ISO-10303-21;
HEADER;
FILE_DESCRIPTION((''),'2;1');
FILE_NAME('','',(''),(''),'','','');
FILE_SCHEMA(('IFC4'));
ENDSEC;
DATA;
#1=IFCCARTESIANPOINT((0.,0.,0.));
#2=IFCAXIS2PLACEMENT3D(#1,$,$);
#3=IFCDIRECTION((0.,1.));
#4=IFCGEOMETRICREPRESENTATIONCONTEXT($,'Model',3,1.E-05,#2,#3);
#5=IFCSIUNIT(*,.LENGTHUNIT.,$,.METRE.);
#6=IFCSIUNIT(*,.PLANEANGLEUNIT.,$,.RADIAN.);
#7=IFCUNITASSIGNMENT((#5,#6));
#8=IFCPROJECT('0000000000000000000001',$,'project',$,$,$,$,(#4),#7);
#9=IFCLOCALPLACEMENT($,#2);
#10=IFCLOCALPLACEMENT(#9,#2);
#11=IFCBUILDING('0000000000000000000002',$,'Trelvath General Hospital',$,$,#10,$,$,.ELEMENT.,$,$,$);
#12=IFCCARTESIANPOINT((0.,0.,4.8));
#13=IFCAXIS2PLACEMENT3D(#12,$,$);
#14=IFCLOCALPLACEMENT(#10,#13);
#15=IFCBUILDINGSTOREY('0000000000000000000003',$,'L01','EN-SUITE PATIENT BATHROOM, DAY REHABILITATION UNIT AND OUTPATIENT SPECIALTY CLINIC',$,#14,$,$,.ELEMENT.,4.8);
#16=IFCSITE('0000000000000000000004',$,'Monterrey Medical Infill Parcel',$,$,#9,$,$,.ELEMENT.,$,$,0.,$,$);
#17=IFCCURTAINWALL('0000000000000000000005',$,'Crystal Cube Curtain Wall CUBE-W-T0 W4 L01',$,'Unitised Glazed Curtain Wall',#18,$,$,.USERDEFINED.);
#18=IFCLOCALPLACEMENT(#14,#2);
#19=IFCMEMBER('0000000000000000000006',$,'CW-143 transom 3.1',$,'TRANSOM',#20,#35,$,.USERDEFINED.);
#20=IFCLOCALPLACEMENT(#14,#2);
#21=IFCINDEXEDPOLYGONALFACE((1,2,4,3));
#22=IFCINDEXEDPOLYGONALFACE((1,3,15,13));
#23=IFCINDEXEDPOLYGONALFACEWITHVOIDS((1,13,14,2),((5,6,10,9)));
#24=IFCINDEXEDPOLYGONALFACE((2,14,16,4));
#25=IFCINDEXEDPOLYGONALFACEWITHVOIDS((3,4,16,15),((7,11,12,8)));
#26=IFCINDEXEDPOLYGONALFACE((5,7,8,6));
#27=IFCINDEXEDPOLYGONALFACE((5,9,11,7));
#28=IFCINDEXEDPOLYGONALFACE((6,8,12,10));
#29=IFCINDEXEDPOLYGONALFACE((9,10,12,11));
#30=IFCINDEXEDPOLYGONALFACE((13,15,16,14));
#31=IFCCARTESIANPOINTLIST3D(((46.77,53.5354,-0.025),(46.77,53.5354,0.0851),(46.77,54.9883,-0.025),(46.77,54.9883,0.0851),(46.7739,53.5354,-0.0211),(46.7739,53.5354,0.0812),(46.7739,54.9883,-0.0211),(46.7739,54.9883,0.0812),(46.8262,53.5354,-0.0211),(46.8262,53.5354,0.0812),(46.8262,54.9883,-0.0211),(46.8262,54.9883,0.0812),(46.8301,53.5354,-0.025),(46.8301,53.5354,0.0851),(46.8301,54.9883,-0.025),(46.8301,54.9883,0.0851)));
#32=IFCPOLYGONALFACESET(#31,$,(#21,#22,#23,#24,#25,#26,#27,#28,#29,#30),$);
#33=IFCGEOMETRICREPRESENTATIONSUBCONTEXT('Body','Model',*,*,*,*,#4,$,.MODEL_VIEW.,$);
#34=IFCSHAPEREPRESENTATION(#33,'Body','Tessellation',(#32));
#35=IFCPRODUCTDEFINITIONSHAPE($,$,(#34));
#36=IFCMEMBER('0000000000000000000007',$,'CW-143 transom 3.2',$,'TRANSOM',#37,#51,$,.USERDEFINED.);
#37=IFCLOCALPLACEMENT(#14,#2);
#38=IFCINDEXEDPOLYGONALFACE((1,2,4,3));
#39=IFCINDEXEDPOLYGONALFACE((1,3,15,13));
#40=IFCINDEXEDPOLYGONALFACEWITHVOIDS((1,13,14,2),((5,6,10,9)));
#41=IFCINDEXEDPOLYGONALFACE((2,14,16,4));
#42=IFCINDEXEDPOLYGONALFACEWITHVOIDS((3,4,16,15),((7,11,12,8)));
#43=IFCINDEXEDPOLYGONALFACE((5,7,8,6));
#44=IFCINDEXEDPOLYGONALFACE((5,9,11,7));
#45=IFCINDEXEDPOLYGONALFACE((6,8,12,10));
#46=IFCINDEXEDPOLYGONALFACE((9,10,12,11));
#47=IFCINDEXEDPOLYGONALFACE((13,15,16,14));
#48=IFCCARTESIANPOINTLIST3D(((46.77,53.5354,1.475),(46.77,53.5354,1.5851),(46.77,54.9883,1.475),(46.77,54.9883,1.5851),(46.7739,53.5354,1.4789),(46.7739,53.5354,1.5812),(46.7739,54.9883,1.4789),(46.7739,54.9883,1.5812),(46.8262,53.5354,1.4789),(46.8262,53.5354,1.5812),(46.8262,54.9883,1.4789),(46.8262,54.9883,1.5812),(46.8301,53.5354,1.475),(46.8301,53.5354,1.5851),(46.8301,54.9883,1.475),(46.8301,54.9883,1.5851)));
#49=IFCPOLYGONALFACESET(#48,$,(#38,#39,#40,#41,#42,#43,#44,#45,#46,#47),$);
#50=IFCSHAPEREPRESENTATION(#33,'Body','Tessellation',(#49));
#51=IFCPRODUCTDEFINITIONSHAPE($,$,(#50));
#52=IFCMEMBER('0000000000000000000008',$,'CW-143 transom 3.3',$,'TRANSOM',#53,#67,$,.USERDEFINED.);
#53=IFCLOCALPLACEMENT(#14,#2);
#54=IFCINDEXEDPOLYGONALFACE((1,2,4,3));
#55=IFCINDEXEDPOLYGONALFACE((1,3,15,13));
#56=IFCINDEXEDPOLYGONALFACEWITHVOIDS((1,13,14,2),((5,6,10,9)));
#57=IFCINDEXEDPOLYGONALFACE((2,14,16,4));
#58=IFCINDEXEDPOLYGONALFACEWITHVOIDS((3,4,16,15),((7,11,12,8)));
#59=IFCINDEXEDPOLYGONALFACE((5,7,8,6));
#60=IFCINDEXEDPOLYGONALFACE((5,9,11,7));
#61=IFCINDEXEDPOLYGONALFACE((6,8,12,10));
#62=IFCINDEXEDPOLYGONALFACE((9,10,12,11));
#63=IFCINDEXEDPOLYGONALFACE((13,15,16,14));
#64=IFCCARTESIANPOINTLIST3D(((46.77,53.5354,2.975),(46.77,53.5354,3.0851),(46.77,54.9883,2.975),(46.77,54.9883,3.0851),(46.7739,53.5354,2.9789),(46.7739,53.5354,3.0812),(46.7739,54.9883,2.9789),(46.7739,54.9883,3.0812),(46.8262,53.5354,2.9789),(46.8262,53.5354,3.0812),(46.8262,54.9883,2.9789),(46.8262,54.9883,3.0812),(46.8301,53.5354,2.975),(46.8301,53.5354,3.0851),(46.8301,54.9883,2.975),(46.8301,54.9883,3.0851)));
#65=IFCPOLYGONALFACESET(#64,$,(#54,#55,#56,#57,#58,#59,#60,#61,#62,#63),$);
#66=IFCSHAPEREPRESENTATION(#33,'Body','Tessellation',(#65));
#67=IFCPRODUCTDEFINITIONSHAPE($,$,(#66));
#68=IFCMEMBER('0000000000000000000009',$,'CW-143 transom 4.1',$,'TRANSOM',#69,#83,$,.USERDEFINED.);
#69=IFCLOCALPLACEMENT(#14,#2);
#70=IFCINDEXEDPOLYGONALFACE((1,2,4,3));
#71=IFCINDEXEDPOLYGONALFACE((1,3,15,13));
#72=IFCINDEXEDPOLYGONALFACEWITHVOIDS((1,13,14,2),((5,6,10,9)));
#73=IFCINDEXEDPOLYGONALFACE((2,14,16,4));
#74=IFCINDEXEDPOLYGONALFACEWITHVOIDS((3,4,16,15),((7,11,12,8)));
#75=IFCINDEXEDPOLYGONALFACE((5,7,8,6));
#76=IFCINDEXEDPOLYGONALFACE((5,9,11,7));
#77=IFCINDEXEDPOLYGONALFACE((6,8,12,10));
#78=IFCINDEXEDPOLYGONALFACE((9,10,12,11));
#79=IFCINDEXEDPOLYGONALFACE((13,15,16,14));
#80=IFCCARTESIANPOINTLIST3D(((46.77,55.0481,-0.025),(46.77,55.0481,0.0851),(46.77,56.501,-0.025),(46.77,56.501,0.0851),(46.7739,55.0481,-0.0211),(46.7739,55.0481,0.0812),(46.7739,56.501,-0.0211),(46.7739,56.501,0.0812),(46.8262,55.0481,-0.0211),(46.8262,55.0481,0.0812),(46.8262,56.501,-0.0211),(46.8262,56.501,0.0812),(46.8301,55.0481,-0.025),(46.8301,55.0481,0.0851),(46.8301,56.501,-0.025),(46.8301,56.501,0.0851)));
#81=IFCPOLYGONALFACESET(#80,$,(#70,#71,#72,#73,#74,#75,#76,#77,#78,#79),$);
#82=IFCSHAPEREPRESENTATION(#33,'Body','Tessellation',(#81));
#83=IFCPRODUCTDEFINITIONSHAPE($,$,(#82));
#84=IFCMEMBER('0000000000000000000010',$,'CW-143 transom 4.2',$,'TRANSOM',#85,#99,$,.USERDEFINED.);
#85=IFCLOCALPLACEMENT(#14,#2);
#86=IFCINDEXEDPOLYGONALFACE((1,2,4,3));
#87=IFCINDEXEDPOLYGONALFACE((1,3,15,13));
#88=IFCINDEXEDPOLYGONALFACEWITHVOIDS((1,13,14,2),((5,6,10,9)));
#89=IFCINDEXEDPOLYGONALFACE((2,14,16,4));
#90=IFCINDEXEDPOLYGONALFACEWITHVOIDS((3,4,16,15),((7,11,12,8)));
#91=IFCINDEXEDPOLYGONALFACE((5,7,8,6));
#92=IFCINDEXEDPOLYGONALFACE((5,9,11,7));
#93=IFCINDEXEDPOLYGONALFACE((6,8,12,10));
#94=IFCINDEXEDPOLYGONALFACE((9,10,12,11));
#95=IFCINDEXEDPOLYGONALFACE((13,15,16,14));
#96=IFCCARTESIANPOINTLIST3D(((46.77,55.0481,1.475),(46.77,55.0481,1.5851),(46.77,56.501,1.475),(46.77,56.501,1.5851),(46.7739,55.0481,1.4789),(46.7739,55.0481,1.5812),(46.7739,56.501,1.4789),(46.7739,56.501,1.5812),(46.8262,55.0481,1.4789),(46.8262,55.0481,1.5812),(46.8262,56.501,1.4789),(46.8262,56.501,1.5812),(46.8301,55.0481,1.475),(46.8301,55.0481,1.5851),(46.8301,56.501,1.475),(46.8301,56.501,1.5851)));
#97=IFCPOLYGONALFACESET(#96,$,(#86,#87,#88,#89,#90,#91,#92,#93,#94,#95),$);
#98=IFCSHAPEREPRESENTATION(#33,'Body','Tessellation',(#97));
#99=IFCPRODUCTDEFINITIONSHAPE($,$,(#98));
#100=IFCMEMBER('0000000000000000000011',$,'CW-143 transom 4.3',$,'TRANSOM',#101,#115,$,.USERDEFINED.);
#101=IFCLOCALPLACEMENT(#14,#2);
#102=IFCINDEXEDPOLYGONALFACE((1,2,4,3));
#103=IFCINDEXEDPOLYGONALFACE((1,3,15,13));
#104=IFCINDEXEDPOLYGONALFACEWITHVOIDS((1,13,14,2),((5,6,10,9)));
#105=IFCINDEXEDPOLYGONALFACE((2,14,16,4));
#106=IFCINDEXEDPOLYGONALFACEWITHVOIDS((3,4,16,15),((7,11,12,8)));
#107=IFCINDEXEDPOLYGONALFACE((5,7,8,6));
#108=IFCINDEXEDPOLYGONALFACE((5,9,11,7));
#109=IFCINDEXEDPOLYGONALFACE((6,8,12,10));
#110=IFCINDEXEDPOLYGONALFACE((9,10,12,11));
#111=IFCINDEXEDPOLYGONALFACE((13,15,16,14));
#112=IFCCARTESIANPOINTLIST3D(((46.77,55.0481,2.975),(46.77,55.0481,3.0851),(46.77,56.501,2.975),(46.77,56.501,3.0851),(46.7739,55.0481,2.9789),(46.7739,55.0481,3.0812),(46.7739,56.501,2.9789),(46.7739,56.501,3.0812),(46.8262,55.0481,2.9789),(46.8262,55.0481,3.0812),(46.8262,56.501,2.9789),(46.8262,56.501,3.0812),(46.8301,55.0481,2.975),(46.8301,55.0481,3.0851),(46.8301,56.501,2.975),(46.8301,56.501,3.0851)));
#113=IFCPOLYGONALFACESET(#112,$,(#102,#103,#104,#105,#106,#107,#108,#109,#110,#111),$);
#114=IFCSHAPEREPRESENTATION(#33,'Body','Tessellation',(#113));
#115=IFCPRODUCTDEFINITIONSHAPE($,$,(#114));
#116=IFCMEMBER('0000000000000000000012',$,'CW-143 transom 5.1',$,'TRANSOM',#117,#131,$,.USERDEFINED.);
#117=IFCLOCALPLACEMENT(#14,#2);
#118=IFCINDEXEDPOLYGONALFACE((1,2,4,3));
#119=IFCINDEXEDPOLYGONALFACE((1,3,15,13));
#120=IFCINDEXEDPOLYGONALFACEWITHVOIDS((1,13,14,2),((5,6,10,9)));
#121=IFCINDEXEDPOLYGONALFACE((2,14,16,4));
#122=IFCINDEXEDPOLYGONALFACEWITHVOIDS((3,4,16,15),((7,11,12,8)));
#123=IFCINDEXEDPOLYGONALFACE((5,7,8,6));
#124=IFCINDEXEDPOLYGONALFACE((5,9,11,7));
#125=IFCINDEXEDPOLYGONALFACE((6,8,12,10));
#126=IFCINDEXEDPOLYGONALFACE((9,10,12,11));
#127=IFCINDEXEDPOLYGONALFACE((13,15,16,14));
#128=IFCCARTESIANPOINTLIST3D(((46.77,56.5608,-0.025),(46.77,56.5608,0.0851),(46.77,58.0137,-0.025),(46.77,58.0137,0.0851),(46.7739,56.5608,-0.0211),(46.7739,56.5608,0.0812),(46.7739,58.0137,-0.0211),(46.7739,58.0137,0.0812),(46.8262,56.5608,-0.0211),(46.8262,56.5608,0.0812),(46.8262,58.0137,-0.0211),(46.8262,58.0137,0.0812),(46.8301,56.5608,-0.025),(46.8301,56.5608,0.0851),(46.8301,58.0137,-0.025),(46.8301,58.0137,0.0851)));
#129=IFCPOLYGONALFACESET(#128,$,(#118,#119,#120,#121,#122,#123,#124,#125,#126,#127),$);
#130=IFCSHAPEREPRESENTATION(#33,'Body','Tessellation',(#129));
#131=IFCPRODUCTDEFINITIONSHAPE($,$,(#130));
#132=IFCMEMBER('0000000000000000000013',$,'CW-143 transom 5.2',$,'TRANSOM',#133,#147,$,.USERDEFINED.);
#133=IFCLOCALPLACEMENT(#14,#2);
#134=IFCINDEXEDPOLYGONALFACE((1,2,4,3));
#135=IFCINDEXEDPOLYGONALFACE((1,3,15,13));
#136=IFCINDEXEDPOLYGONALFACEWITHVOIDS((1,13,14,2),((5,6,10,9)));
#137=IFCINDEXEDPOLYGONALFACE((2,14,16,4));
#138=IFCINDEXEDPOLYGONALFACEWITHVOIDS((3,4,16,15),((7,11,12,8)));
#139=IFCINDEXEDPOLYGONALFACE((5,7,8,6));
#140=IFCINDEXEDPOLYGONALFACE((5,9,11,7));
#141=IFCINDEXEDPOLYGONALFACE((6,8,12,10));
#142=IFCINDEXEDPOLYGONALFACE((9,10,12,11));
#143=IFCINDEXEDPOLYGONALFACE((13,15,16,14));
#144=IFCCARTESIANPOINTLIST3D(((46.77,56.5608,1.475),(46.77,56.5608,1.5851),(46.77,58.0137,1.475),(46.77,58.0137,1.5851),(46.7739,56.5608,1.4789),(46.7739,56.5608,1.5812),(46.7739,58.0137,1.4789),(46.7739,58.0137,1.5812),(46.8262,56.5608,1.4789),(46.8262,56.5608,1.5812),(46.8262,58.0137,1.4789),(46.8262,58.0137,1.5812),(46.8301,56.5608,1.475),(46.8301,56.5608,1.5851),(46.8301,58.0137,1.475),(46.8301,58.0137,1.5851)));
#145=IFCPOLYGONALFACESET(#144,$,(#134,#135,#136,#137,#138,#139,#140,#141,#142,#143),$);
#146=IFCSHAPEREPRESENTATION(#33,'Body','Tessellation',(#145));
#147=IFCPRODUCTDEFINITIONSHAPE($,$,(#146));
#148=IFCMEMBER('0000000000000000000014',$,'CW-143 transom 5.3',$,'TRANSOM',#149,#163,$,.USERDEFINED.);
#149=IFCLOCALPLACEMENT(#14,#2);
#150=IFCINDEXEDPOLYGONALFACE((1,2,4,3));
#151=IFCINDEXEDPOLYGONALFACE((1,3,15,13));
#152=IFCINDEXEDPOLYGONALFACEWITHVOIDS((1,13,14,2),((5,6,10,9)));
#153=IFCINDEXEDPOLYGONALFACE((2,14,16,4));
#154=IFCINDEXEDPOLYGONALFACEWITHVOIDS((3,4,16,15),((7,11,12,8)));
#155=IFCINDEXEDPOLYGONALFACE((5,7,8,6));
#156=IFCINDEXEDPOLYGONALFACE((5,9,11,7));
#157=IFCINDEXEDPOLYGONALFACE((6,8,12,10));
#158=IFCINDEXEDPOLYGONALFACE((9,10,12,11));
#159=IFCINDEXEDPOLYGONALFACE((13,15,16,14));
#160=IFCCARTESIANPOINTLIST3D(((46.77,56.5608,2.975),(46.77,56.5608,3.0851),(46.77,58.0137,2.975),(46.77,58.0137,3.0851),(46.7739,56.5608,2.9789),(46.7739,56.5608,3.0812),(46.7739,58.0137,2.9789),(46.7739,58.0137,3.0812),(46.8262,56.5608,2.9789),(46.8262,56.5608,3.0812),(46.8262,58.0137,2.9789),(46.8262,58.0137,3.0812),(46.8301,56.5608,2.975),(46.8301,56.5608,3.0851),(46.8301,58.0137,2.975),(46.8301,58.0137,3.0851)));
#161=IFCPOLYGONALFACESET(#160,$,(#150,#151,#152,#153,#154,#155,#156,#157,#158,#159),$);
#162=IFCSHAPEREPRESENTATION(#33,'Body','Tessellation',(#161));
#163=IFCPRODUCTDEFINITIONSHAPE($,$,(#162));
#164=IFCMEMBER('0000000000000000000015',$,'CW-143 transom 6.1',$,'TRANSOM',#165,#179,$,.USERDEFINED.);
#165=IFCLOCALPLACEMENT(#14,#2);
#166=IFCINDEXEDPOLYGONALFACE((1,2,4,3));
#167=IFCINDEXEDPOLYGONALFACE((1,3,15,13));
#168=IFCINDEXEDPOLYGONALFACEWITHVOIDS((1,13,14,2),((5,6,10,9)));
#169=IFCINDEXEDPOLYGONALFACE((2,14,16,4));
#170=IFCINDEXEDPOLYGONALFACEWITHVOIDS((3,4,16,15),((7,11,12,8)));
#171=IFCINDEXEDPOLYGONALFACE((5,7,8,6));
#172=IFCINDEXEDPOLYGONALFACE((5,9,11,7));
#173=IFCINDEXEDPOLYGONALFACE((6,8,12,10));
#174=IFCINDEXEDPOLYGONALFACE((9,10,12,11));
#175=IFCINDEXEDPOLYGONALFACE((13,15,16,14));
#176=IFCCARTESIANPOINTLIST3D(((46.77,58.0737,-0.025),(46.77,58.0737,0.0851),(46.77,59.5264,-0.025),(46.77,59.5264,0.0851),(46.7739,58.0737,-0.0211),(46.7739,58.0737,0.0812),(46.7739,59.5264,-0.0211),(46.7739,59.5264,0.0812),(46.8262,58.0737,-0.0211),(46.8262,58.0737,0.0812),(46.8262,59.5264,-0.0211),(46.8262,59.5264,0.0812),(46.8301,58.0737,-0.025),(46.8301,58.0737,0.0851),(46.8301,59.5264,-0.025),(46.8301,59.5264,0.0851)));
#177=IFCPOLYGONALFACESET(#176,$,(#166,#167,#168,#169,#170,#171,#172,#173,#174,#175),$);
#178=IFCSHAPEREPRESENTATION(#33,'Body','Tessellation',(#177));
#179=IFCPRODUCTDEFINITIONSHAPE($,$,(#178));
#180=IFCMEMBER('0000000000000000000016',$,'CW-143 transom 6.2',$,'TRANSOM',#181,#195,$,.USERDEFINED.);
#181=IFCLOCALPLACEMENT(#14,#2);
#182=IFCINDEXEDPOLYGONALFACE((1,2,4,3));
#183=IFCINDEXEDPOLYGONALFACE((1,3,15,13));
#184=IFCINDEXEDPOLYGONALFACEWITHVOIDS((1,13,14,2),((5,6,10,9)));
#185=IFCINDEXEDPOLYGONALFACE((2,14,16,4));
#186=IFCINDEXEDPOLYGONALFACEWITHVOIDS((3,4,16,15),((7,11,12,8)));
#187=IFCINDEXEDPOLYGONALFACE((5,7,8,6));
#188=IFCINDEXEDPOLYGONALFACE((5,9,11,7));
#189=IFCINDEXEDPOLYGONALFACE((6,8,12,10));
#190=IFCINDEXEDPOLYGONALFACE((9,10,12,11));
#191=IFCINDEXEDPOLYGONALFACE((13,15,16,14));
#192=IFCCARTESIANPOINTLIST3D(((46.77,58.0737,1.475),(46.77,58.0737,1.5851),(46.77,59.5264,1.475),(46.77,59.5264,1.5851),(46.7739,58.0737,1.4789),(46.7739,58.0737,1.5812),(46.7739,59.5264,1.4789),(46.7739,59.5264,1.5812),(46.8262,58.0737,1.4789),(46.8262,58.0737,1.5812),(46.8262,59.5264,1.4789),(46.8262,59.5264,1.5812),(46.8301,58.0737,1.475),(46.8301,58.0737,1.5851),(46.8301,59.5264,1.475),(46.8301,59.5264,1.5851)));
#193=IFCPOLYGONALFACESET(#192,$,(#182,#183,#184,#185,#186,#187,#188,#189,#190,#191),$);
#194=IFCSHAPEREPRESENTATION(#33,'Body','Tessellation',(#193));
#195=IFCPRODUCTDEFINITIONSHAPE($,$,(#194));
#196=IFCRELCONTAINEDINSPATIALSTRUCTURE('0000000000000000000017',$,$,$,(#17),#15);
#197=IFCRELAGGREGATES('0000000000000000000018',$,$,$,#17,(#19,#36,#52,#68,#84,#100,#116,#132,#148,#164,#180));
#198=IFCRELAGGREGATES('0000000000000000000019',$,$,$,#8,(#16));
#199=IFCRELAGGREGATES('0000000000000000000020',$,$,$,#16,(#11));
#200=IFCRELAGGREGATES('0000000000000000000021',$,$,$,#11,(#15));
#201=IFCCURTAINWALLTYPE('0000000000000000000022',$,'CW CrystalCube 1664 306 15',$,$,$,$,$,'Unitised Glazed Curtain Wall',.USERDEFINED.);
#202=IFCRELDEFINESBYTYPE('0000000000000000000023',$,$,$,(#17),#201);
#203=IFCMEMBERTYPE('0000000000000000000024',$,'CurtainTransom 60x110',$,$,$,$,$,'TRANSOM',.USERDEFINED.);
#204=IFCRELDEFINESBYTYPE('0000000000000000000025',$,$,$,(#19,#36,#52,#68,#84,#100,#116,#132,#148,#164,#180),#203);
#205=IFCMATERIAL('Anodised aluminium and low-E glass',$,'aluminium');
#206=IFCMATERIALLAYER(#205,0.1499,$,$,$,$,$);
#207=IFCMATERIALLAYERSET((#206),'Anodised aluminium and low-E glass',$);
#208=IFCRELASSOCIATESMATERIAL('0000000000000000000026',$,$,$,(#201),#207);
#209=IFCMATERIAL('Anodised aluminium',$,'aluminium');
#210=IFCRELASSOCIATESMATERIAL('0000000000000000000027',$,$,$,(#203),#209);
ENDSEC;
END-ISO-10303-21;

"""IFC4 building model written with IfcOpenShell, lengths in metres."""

from ifc_helpers import new_model, si_unit, direction, frame, origin, origin_2d, place, context, subcontext, project, spatial, hollow_rectangle, extrude, material, layer, layer_set, material_profile, profile_set, type_object, element, aggregate, save


model = new_model("IFC4")

# Units and contexts
model_context = context("Model", 3, precision=1e-05, world=origin(), true_north=direction((0.0, 1.0)))
body_context = subcontext(model_context, "Body", "Model", "MODEL_VIEW")
ifc_project = project(units=[si_unit("LENGTHUNIT", "METRE"), si_unit("PLANEANGLEUNIT", "RADIAN")], contexts=[model_context])

# Site, building, storey
site_placement = place(None, origin())
site = spatial("IfcSite", under=ifc_project, at=site_placement, Name="Monterrey Medical Infill Parcel", CompositionType="ELEMENT", RefElevation=0.0)
building_placement = place(site_placement, origin())
building = spatial("IfcBuilding", under=site, at=building_placement, Name="Trelvath General Hospital", CompositionType="ELEMENT")
storey_placement = place(building_placement, frame((0.0, 0.0, 4.8)))
storey = spatial("IfcBuildingStorey", under=building, at=storey_placement, Name="L01", Description="EN-SUITE PATIENT BATHROOM, DAY REHABILITATION UNIT AND OUTPATIENT SPECIALTY CLINIC", CompositionType="ELEMENT", Elevation=4.8)

# Curtain wall, members
ifc_material_1 = material(Name="Anodised aluminium and low-E glass", Category="aluminium")
ifc_layer_1 = layer(ifc_material_1, 0.1499)
ifc_layer_set_1 = layer_set([ifc_layer_1], Name="Anodised aluminium and low-E glass")
curtain_wall_type = type_object("IfcCurtainWallType", Name="CW CrystalCube 1664 306 15", ElementType="Unitised Glazed Curtain Wall", PredefinedType="USERDEFINED", material=ifc_layer_set_1)
curtain_wall_placement = place(storey_placement, origin())
curtain_wall = element("IfcCurtainWall", 1, at=curtain_wall_placement, inside=storey, type_object=curtain_wall_type, Name="Crystal Cube Curtain Wall CUBE-W-T0 W4 L01", ObjectType="Unitised Glazed Curtain Wall", PredefinedType="USERDEFINED")
ifc_material_2 = material(Name="Anodised aluminium", Category="aluminium")
ifc_material_profile_1 = material_profile(ifc_material_2, hollow_rectangle(XDim=0.0601, YDim=0.1101, WallThickness=0.0039, at=origin_2d()), Name="RHS60x110x4")
ifc_profile_set_1 = profile_set([ifc_material_profile_1], Name="Anodised aluminium")
member_type_1 = type_object("IfcMemberType", Name="CurtainTransom 60x110", ElementType="TRANSOM", PredefinedType="USERDEFINED", material=ifc_profile_set_1)
member_1_placement = place(storey_placement, frame((46.8, 53.5354, 0.03), z_axis=(0.0, 1.0, 0.0), x_axis=(-1.0, 0.0, 0.0)))
member_1 = element("IfcMember", 2, at=member_1_placement, type_object=member_type_1, Name="CW-143 transom 3.1", ObjectType="TRANSOM", PredefinedType="USERDEFINED", context=body_context, shape_type="SweptSolid", body=[
    extrude(hollow_rectangle(XDim=0.0601, YDim=0.1101, WallThickness=0.0039, at=origin_2d()), origin(), (0.0, 0.0, 1.0), 1.4529),
])
member_2_placement = place(storey_placement, frame((46.8, 53.5354, 1.53), z_axis=(0.0, 1.0, 0.0), x_axis=(-1.0, 0.0, 0.0)))
member_2 = element("IfcMember", 3, at=member_2_placement, type_object=member_type_1, Name="CW-143 transom 3.2", ObjectType="TRANSOM", PredefinedType="USERDEFINED", context=body_context, shape_type="SweptSolid", body=[
    extrude(hollow_rectangle(XDim=0.0601, YDim=0.1101, WallThickness=0.0039, at=origin_2d()), origin(), (0.0, 0.0, 1.0), 1.4529),
])
member_3_placement = place(storey_placement, frame((46.8, 53.5354, 3.03), z_axis=(0.0, 1.0, 0.0), x_axis=(-1.0, 0.0, 0.0)))
member_3 = element("IfcMember", 4, at=member_3_placement, type_object=member_type_1, Name="CW-143 transom 3.3", ObjectType="TRANSOM", PredefinedType="USERDEFINED", context=body_context, shape_type="SweptSolid", body=[
    extrude(hollow_rectangle(XDim=0.0601, YDim=0.1101, WallThickness=0.0039, at=origin_2d()), origin(), (0.0, 0.0, 1.0), 1.4529),
])
member_4_placement = place(storey_placement, frame((46.8, 55.0481, 0.03), z_axis=(0.0, 1.0, 0.0), x_axis=(-1.0, 0.0, 0.0)))
member_4 = element("IfcMember", 5, at=member_4_placement, type_object=member_type_1, Name="CW-143 transom 4.1", ObjectType="TRANSOM", PredefinedType="USERDEFINED", context=body_context, shape_type="SweptSolid", body=[
    extrude(hollow_rectangle(XDim=0.0601, YDim=0.1101, WallThickness=0.0039, at=origin_2d()), origin(), (0.0, 0.0, 1.0), 1.4529),
])
member_5_placement = place(storey_placement, frame((46.8, 55.0481, 1.53), z_axis=(0.0, 1.0, 0.0), x_axis=(-1.0, 0.0, 0.0)))
member_5 = element("IfcMember", 6, at=member_5_placement, type_object=member_type_1, Name="CW-143 transom 4.2", ObjectType="TRANSOM", PredefinedType="USERDEFINED", context=body_context, shape_type="SweptSolid", body=[
    extrude(hollow_rectangle(XDim=0.0601, YDim=0.1101, WallThickness=0.0039, at=origin_2d()), origin(), (0.0, 0.0, 1.0), 1.4529),
])
member_6_placement = place(storey_placement, frame((46.8, 55.0481, 3.03), z_axis=(0.0, 1.0, 0.0), x_axis=(-1.0, 0.0, 0.0)))
member_6 = element("IfcMember", 7, at=member_6_placement, type_object=member_type_1, Name="CW-143 transom 4.3", ObjectType="TRANSOM", PredefinedType="USERDEFINED", context=body_context, shape_type="SweptSolid", body=[
    extrude(hollow_rectangle(XDim=0.0601, YDim=0.1101, WallThickness=0.0039, at=origin_2d()), origin(), (0.0, 0.0, 1.0), 1.4529),
])
member_7_placement = place(storey_placement, frame((46.8, 56.5608, 0.03), z_axis=(0.0, 1.0, 0.0), x_axis=(-1.0, 0.0, 0.0)))
member_7 = element("IfcMember", 8, at=member_7_placement, type_object=member_type_1, Name="CW-143 transom 5.1", ObjectType="TRANSOM", PredefinedType="USERDEFINED", context=body_context, shape_type="SweptSolid", body=[
    extrude(hollow_rectangle(XDim=0.0601, YDim=0.1101, WallThickness=0.0039, at=origin_2d()), origin(), (0.0, 0.0, 1.0), 1.4529),
])
member_8_placement = place(storey_placement, frame((46.8, 56.5608, 1.53), z_axis=(0.0, 1.0, 0.0), x_axis=(-1.0, 0.0, 0.0)))
member_8 = element("IfcMember", 9, at=member_8_placement, type_object=member_type_1, Name="CW-143 transom 5.2", ObjectType="TRANSOM", PredefinedType="USERDEFINED", context=body_context, shape_type="SweptSolid", body=[
    extrude(hollow_rectangle(XDim=0.0601, YDim=0.1101, WallThickness=0.0039, at=origin_2d()), origin(), (0.0, 0.0, 1.0), 1.4529),
])
member_9_placement = place(storey_placement, frame((46.8, 56.5608, 3.03), z_axis=(0.0, 1.0, 0.0), x_axis=(-1.0, 0.0, 0.0)))
member_9 = element("IfcMember", 10, at=member_9_placement, type_object=member_type_1, Name="CW-143 transom 5.3", ObjectType="TRANSOM", PredefinedType="USERDEFINED", context=body_context, shape_type="SweptSolid", body=[
    extrude(hollow_rectangle(XDim=0.0601, YDim=0.1101, WallThickness=0.0039, at=origin_2d()), origin(), (0.0, 0.0, 1.0), 1.4529),
])
member_10_placement = place(storey_placement, frame((46.8, 58.0737, 0.03), z_axis=(0.0, 1.0, 0.0), x_axis=(-1.0, 0.0, 0.0)))
member_10 = element("IfcMember", 11, at=member_10_placement, type_object=member_type_1, Name="CW-143 transom 6.1", ObjectType="TRANSOM", PredefinedType="USERDEFINED", context=body_context, shape_type="SweptSolid", body=[
    extrude(hollow_rectangle(XDim=0.0601, YDim=0.1101, WallThickness=0.0039, at=origin_2d()), origin(), (0.0, 0.0, 1.0), 1.4526),
])
member_11_placement = place(storey_placement, frame((46.8, 58.0737, 1.53), z_axis=(0.0, 1.0, 0.0), x_axis=(-1.0, 0.0, 0.0)))
member_11 = element("IfcMember", 12, at=member_11_placement, type_object=member_type_1, Name="CW-143 transom 6.2", ObjectType="TRANSOM", PredefinedType="USERDEFINED", context=body_context, shape_type="SweptSolid", body=[
    extrude(hollow_rectangle(XDim=0.0601, YDim=0.1101, WallThickness=0.0039, at=origin_2d()), origin(), (0.0, 0.0, 1.0), 1.4526),
])
aggregate(curtain_wall, [member_1, member_2, member_3, member_4, member_5, member_6, member_7, member_8, member_9, member_10, member_11])

save(model, "model.ifc")
